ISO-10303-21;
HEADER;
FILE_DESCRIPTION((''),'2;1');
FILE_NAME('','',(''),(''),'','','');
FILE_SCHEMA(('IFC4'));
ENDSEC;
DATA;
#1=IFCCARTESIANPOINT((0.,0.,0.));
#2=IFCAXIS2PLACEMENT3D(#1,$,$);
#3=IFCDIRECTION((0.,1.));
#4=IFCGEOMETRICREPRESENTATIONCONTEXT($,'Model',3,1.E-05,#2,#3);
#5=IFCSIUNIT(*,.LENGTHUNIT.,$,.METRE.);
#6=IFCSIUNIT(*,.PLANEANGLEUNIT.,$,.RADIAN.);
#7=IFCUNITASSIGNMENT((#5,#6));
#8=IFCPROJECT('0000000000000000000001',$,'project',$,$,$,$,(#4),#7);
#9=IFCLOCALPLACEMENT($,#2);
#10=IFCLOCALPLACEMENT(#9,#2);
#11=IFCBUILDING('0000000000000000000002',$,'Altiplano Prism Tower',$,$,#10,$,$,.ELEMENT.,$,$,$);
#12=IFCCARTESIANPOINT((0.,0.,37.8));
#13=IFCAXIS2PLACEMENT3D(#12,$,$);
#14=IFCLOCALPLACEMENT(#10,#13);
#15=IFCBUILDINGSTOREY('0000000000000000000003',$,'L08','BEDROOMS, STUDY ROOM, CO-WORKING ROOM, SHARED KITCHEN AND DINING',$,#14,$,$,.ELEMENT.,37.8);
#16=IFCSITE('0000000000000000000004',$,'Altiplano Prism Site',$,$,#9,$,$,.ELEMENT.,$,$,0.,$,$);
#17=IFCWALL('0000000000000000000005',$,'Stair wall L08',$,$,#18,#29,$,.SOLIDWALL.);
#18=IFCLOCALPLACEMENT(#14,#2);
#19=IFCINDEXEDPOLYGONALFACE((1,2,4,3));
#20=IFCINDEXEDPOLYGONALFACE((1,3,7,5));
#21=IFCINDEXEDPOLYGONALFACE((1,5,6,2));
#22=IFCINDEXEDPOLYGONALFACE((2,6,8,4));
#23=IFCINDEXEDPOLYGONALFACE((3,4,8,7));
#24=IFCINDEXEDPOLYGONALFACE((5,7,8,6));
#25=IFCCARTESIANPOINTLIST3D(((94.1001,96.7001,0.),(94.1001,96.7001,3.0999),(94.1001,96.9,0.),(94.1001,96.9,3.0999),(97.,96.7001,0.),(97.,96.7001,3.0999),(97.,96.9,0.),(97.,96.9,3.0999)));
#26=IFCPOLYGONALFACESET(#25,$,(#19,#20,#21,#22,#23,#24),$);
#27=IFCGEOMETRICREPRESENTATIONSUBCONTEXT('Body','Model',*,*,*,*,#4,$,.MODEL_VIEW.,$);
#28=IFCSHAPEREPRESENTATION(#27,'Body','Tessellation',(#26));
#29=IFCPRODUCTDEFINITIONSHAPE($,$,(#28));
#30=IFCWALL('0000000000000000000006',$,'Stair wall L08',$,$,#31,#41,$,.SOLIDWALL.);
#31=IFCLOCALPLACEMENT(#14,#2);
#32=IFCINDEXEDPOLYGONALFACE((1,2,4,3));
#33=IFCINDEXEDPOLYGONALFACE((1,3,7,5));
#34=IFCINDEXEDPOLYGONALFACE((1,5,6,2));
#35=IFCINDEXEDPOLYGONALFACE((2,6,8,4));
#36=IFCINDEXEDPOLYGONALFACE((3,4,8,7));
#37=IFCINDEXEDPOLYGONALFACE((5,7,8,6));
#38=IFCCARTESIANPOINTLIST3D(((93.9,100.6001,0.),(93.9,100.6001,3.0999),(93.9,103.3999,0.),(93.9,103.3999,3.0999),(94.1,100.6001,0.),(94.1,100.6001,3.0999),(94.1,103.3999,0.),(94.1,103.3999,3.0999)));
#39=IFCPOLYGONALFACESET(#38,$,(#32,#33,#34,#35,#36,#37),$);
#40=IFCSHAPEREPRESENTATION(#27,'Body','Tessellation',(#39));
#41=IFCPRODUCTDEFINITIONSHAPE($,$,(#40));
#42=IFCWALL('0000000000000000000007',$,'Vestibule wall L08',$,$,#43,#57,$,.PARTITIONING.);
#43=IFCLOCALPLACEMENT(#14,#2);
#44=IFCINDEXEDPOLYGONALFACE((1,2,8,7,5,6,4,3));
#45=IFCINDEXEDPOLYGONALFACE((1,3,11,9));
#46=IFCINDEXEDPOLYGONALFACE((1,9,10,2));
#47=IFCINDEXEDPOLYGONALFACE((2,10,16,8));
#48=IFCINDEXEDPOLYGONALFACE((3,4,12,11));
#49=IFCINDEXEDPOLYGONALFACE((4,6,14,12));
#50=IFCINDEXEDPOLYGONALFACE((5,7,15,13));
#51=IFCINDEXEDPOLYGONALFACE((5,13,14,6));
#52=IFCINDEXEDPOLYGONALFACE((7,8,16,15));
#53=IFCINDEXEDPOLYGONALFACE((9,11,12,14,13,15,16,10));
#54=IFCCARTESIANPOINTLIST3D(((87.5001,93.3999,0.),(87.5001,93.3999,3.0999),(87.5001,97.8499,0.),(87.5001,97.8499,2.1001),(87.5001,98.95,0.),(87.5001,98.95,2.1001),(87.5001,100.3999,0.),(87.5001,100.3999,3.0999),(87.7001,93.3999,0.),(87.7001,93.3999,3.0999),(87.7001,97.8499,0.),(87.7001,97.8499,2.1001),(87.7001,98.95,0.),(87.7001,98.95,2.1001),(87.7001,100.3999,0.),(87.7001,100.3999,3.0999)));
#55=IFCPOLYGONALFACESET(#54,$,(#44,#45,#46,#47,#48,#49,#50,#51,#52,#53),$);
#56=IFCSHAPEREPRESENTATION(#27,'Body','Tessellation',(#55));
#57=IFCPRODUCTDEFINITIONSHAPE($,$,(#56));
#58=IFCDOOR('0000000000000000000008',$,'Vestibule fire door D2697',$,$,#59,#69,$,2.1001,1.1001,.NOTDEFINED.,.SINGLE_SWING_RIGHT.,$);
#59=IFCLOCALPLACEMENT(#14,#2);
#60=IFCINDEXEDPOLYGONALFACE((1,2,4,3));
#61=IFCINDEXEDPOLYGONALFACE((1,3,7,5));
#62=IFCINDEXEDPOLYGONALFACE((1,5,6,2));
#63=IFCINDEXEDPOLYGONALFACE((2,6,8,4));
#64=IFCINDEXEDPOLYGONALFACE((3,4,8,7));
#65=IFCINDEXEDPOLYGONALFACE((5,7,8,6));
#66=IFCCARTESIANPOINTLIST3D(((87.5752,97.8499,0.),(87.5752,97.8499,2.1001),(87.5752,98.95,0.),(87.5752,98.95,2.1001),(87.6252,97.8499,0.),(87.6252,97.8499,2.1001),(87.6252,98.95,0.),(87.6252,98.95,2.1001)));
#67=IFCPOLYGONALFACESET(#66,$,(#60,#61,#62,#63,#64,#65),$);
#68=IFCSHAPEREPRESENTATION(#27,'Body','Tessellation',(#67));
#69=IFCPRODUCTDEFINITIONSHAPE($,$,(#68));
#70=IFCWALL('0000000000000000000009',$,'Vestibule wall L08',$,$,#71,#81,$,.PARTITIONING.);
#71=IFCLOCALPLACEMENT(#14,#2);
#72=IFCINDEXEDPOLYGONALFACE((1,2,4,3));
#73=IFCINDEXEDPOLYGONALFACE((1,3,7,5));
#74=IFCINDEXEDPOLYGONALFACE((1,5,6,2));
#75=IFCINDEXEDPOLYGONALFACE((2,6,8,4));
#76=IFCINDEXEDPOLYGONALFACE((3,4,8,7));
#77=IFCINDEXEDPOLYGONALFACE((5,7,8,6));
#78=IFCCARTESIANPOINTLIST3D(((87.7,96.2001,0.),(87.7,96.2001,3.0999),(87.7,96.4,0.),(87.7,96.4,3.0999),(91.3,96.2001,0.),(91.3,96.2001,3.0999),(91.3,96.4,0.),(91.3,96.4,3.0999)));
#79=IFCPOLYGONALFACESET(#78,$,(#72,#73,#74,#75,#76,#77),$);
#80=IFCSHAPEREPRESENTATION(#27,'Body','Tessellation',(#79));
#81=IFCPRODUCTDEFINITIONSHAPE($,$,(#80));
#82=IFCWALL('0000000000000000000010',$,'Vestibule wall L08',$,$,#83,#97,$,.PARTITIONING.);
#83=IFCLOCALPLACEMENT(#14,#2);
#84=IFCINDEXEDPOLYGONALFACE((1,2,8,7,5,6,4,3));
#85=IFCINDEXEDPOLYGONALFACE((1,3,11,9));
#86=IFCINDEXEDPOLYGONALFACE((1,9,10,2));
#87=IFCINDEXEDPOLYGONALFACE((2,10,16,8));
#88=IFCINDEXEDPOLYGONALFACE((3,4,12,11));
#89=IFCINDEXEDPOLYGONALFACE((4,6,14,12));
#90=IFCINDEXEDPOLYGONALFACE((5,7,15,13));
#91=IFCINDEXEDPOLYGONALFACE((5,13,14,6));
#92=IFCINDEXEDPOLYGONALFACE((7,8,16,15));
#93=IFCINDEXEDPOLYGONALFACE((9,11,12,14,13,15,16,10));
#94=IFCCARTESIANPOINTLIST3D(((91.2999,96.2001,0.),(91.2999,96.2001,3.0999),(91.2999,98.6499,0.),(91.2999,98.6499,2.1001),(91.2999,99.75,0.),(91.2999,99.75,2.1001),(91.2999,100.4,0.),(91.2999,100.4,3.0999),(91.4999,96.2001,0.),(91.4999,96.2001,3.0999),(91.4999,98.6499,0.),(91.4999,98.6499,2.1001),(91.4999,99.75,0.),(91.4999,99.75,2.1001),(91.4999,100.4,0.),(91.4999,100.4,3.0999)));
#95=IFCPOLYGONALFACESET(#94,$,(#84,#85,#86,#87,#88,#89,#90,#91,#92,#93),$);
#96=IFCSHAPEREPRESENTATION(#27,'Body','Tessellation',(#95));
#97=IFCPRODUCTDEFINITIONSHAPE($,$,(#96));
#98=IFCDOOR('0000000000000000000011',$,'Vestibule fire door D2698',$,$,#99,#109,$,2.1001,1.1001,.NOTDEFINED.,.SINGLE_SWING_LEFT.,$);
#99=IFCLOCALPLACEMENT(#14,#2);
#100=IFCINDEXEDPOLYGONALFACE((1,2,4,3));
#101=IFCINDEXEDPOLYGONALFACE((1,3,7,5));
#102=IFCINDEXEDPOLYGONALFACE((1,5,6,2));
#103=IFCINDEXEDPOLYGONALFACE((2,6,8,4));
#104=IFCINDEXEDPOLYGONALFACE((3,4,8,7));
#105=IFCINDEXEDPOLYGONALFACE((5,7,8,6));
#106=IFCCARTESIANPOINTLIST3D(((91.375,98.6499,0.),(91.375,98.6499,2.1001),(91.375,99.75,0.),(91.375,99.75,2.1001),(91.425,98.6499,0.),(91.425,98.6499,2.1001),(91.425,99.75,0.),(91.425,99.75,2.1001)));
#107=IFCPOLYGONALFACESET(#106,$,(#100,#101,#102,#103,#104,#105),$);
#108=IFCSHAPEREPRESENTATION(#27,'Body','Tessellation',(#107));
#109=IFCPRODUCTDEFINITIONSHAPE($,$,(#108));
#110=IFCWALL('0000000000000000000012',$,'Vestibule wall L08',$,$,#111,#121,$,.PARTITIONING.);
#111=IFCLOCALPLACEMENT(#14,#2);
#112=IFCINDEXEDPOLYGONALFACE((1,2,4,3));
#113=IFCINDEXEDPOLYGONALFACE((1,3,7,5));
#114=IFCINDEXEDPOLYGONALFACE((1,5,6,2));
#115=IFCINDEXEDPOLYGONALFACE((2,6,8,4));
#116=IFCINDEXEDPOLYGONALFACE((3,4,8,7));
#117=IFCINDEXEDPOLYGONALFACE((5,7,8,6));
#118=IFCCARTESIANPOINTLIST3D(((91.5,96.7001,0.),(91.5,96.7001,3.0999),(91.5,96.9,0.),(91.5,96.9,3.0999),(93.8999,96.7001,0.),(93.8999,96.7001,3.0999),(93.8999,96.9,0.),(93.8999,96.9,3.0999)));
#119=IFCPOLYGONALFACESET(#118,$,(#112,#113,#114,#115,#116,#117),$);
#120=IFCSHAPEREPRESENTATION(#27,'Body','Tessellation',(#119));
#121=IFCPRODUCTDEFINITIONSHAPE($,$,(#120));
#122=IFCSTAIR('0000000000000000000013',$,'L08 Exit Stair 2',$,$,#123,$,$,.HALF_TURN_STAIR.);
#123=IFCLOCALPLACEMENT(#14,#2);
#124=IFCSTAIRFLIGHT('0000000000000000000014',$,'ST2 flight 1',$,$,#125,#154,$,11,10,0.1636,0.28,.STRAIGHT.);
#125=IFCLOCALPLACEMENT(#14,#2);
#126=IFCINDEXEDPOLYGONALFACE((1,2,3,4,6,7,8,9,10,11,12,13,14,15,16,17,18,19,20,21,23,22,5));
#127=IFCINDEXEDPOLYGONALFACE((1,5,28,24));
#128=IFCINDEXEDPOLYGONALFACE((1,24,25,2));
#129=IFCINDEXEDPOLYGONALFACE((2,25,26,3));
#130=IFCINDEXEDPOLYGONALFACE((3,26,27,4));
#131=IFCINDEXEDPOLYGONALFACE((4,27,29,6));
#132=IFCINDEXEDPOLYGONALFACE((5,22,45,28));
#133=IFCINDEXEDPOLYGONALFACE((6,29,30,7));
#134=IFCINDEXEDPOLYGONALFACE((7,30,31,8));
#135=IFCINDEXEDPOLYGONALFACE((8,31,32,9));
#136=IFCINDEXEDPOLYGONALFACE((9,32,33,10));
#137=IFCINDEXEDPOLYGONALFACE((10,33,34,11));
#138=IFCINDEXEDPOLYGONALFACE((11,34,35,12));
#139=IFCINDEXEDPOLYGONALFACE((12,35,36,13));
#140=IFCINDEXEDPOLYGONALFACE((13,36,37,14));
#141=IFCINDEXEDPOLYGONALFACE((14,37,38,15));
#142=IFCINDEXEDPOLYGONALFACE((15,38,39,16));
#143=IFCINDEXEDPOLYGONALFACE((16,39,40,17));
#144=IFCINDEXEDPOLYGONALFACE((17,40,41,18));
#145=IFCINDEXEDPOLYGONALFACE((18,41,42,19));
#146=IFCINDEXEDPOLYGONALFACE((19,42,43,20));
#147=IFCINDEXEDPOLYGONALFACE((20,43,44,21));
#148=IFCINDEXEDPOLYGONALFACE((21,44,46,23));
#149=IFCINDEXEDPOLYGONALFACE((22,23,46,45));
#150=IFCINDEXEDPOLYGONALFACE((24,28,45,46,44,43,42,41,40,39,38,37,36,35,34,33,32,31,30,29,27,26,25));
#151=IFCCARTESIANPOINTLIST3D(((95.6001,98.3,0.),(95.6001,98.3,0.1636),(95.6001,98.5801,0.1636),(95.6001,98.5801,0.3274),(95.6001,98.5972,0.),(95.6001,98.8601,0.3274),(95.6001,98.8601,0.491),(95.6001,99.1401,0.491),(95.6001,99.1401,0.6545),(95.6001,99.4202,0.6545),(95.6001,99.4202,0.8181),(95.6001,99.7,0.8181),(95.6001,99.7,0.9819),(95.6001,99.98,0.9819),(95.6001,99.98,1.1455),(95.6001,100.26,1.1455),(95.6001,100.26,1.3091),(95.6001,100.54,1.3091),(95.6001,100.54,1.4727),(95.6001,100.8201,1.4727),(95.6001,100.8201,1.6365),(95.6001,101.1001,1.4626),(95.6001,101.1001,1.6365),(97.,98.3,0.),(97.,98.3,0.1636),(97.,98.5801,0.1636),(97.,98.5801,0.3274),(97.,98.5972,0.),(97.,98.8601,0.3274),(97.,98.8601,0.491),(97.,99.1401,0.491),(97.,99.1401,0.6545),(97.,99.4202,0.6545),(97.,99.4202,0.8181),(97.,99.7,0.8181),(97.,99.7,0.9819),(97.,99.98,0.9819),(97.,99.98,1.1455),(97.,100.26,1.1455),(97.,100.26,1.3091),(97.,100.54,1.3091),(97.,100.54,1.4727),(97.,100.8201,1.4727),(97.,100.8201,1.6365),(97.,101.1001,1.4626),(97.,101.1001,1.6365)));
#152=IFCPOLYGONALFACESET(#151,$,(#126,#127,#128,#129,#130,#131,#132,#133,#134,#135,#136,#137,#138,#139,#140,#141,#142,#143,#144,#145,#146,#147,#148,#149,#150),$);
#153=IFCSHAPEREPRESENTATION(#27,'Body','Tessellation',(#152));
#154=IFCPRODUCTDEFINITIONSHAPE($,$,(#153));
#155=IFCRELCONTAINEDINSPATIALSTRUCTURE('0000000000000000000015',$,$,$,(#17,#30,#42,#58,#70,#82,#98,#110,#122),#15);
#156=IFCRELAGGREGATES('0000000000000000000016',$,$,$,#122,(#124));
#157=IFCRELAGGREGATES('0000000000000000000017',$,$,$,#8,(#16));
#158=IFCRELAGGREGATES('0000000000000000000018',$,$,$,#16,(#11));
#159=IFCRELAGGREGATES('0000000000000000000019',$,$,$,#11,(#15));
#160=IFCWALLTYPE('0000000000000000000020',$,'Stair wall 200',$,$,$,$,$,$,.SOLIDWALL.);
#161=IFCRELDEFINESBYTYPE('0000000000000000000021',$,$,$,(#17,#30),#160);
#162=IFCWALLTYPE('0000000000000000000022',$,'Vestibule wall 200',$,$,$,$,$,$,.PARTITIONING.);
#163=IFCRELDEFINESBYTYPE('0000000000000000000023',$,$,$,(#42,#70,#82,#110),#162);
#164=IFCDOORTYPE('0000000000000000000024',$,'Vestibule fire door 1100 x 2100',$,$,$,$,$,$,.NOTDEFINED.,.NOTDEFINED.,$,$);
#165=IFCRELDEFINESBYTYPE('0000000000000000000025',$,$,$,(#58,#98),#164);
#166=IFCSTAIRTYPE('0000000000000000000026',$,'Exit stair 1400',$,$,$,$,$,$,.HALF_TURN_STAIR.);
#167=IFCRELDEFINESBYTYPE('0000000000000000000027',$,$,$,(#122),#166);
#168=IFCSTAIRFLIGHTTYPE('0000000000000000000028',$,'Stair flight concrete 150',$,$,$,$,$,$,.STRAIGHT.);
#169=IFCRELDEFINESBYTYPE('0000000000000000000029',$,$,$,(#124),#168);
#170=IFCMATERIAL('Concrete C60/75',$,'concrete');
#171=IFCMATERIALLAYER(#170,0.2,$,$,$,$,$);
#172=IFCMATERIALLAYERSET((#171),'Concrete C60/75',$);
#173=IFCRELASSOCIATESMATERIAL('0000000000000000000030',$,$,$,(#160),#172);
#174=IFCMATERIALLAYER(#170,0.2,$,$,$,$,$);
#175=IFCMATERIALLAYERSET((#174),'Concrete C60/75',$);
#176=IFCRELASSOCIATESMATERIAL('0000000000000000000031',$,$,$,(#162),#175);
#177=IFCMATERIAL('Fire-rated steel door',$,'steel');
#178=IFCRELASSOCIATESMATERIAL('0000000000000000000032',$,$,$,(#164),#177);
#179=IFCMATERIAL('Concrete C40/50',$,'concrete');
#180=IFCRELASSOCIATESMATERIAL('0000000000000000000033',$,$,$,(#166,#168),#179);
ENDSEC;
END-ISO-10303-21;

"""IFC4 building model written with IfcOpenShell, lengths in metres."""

from ifc_helpers import new_model, si_unit, direction, frame, frame_2d, origin, place, context, subcontext, project, spatial, polyline, rectangle, outline, extrude, material, layer, layer_set, type_object, element, fill, aggregate, save


model = new_model("IFC4")

# Units and contexts
model_context = context("Model", 3, precision=1e-05, world=origin(), true_north=direction((0.0, 1.0)))
body_context = subcontext(model_context, "Body", "Model", "MODEL_VIEW")
ifc_project = project(units=[si_unit("LENGTHUNIT", "METRE"), si_unit("PLANEANGLEUNIT", "RADIAN")], contexts=[model_context])

# Site, building, storey
site_placement = place(None, origin())
site = spatial("IfcSite", under=ifc_project, at=site_placement, Name="Altiplano Prism Site", CompositionType="ELEMENT", RefElevation=0.0)
building_placement = place(site_placement, origin())
building = spatial("IfcBuilding", under=site, at=building_placement, Name="Altiplano Prism Tower", CompositionType="ELEMENT")
storey_placement = place(building_placement, frame((0.0, 0.0, 37.8)))
storey = spatial("IfcBuildingStorey", under=building, at=storey_placement, Name="L08", Description="BEDROOMS, STUDY ROOM, CO-WORKING ROOM, SHARED KITCHEN AND DINING", CompositionType="ELEMENT", Elevation=37.8)

# Shared definitions
ifc_material_1 = material(Name="Concrete C60/75", Category="concrete")

# Shared definitions
ifc_layer_1 = layer(ifc_material_1, 0.2)
ifc_layer_set_1 = layer_set([ifc_layer_1], Name="Concrete C60/75")
wall_type_1 = type_object("IfcWallType", Name="Stair wall 200", PredefinedType="SOLIDWALL", material=ifc_layer_set_1)
ifc_material_2 = material(Name="Fire-rated steel door", Category="steel")

# Walls
wall_1_placement = place(storey_placement, frame((94.1001, 96.8, 0.0), z_axis=(0.0, 0.0, 1.0), x_axis=(1.0, 0.0, 0.0)))
element("IfcWall", 1, at=wall_1_placement, inside=storey, type_object=wall_type_1, Name="Stair wall L08", PredefinedType="SOLIDWALL", context=body_context, shape_type="SweptSolid", body=[
    extrude(rectangle(XDim=2.8999, YDim=0.2, at=frame_2d((1.45, 0.0))), origin(), (0.0, 0.0, 1.0), 3.0999),
])
wall_2_placement = place(storey_placement, frame((94.0, 100.6001, 0.0), z_axis=(0.0, 0.0, 1.0), x_axis=(0.0, 1.0, 0.0)))
element("IfcWall", 2, at=wall_2_placement, inside=storey, type_object=wall_type_1, Name="Stair wall L08", PredefinedType="SOLIDWALL", context=body_context, shape_type="SweptSolid", body=[
    extrude(rectangle(XDim=2.7998, YDim=0.2, at=frame_2d((1.3999, 0.0))), origin(), (0.0, 0.0, 1.0), 3.0999),
])

# Wall, opening, door
ifc_layer_2 = layer(ifc_material_1, 0.2)
ifc_layer_set_2 = layer_set([ifc_layer_2], Name="Concrete C60/75")
wall_type_2 = type_object("IfcWallType", Name="Vestibule wall 200", PredefinedType="PARTITIONING", material=ifc_layer_set_2)
wall_3_placement = place(storey_placement, frame((87.6001, 93.3999, 0.0), z_axis=(0.0, 0.0, 1.0), x_axis=(0.0, 1.0, 0.0)))
wall_3 = element("IfcWall", 3, at=wall_3_placement, inside=storey, type_object=wall_type_2, Name="Vestibule wall L08", PredefinedType="PARTITIONING", context=body_context, shape_type="SweptSolid", body=[
    extrude(rectangle(XDim=7.0, YDim=0.2, at=frame_2d((3.5, 0.0))), origin(), (0.0, 0.0, 1.0), 3.0999),
])
opening_1_placement = place(wall_3_placement, frame((4.45, 0.0, 0.0)))
opening_1 = element("IfcOpeningElement", 4, at=opening_1_placement, cuts=wall_3, PredefinedType="OPENING", context=body_context, shape_type="SweptSolid", body=[
    extrude(rectangle(XDim=1.1001, YDim=2.1001, at=frame_2d((0.55, 1.05))), frame((0.0, 0.1104, 0.0), z_axis=(0.0, -1.0, 0.0), x_axis=(1.0, 0.0, 0.0)), (0.0, 0.0, 1.0), 0.2209),
])
door_type_1 = type_object("IfcDoorType", Name="Vestibule fire door 1100 x 2100", OperationType="NOTDEFINED", PredefinedType="NOTDEFINED", material=ifc_material_2)
door_1_placement = place(opening_1_placement, origin())
door_1 = element("IfcDoor", 5, at=door_1_placement, inside=storey, type_object=door_type_1, Name="Vestibule fire door D2697", OperationType="SINGLE_SWING_RIGHT", OverallHeight=2.1001, OverallWidth=1.1001, PredefinedType="NOTDEFINED", context=body_context, shape_type="SweptSolid", body=[
    extrude(rectangle(XDim=1.1001, YDim=2.1001, at=frame_2d((0.55, 1.05))), frame((0.0, 0.0249, 0.0), z_axis=(0.0, -1.0, 0.0), x_axis=(1.0, 0.0, 0.0)), (0.0, 0.0, 1.0), 0.05),
])
fill(opening_1, door_1)

# Wall
wall_4_placement = place(storey_placement, frame((87.7, 96.3, 0.0), z_axis=(0.0, 0.0, 1.0), x_axis=(1.0, 0.0, 0.0)))
element("IfcWall", 6, at=wall_4_placement, inside=storey, type_object=wall_type_2, Name="Vestibule wall L08", PredefinedType="PARTITIONING", context=body_context, shape_type="SweptSolid", body=[
    extrude(rectangle(XDim=3.6001, YDim=0.2, at=frame_2d((1.8, 0.0))), origin(), (0.0, 0.0, 1.0), 3.0999),
])

# Wall, opening, door
wall_5_placement = place(storey_placement, frame((91.3999, 96.2, 0.0), z_axis=(0.0, 0.0, 1.0), x_axis=(0.0, 1.0, 0.0)))
wall_5 = element("IfcWall", 7, at=wall_5_placement, inside=storey, type_object=wall_type_2, Name="Vestibule wall L08", PredefinedType="PARTITIONING", context=body_context, shape_type="SweptSolid", body=[
    extrude(rectangle(XDim=4.2, YDim=0.2, at=frame_2d((2.1001, 0.0))), origin(), (0.0, 0.0, 1.0), 3.0999),
])
opening_2_placement = place(wall_5_placement, frame((2.45, 0.0, 0.0)))
opening_2 = element("IfcOpeningElement", 8, at=opening_2_placement, cuts=wall_5, PredefinedType="OPENING", context=body_context, shape_type="SweptSolid", body=[
    extrude(rectangle(XDim=1.1001, YDim=2.1001, at=frame_2d((0.55, 1.05))), frame((0.0, 0.1104, 0.0), z_axis=(0.0, -1.0, 0.0), x_axis=(1.0, 0.0, 0.0)), (0.0, 0.0, 1.0), 0.2209),
])
door_2_placement = place(opening_2_placement, origin())
door_2 = element("IfcDoor", 9, at=door_2_placement, inside=storey, type_object=door_type_1, Name="Vestibule fire door D2698", OperationType="SINGLE_SWING_LEFT", OverallHeight=2.1001, OverallWidth=1.1001, PredefinedType="NOTDEFINED", context=body_context, shape_type="SweptSolid", body=[
    extrude(rectangle(XDim=1.1001, YDim=2.1001, at=frame_2d((0.55, 1.05))), frame((0.0, 0.0249, 0.0), z_axis=(0.0, -1.0, 0.0), x_axis=(1.0, 0.0, 0.0)), (0.0, 0.0, 1.0), 0.05),
])
fill(opening_2, door_2)

# Wall
wall_6_placement = place(storey_placement, frame((91.5, 96.8, 0.0), z_axis=(0.0, 0.0, 1.0), x_axis=(1.0, 0.0, 0.0)))
element("IfcWall", 10, at=wall_6_placement, inside=storey, type_object=wall_type_2, Name="Vestibule wall L08", PredefinedType="PARTITIONING", context=body_context, shape_type="SweptSolid", body=[
    extrude(rectangle(XDim=2.3999, YDim=0.2, at=frame_2d((1.2, 0.0))), origin(), (0.0, 0.0, 1.0), 3.0999),
])

# Stair, stair flight
ifc_material_3 = material(Name="Concrete C40/50", Category="concrete")
stair_type_1 = type_object("IfcStairType", Name="Exit stair 1400", PredefinedType="HALF_TURN_STAIR", material=ifc_material_3)
stair_1_placement = place(storey_placement, origin())
stair_1 = element("IfcStair", 11, at=stair_1_placement, inside=storey, type_object=stair_type_1, Name="L08 Exit Stair 2", PredefinedType="HALF_TURN_STAIR")
stair_flight_type = type_object("IfcStairFlightType", Name="Stair flight concrete 150", PredefinedType="STRAIGHT", material=ifc_material_3)
stair_flight_1_placement = place(storey_placement, frame((96.3, 98.3, 0.0), z_axis=(0.0, 0.0, 1.0), x_axis=(0.0, 1.0, 0.0)))
stair_flight_1 = element("IfcStairFlight", 12, at=stair_flight_1_placement, type_object=stair_flight_type, Name="ST2 flight 1", NumberOfRisers=11, NumberOfTreads=10, PredefinedType="STRAIGHT", RiserHeight=0.1636, TreadLength=0.28, context=body_context, shape_type="SweptSolid", body=[
    extrude(outline(polyline([(0.0, 0.0), (0.0, 0.1636), (0.28, 0.1636), (0.28, 0.3274), (0.5601, 0.3274), (0.5601, 0.491), (0.8401, 0.491), (0.8401, 0.6545), (1.1201, 0.6545), (1.1201, 0.8181), (1.3999, 0.8181), (1.3999, 0.9819), (1.6799, 0.9819), (1.6799, 1.1455), (1.96, 1.1455), (1.96, 1.3091), (2.24, 1.3091), (2.24, 1.4727), (2.52, 1.4727), (2.52, 1.6365), (2.8, 1.6365), (2.8, 1.8), (2.8, 1.4626), (0.2971, 0.0), (0.0, 0.0)])), frame((0.0, 0.7, 0.0), z_axis=(0.0, -1.0, 0.0), x_axis=(1.0, 0.0, 0.0)), (0.0, 0.0, 1.0), 1.3999),
])
aggregate(stair_1, [stair_flight_1])

save(model, "model.ifc")
